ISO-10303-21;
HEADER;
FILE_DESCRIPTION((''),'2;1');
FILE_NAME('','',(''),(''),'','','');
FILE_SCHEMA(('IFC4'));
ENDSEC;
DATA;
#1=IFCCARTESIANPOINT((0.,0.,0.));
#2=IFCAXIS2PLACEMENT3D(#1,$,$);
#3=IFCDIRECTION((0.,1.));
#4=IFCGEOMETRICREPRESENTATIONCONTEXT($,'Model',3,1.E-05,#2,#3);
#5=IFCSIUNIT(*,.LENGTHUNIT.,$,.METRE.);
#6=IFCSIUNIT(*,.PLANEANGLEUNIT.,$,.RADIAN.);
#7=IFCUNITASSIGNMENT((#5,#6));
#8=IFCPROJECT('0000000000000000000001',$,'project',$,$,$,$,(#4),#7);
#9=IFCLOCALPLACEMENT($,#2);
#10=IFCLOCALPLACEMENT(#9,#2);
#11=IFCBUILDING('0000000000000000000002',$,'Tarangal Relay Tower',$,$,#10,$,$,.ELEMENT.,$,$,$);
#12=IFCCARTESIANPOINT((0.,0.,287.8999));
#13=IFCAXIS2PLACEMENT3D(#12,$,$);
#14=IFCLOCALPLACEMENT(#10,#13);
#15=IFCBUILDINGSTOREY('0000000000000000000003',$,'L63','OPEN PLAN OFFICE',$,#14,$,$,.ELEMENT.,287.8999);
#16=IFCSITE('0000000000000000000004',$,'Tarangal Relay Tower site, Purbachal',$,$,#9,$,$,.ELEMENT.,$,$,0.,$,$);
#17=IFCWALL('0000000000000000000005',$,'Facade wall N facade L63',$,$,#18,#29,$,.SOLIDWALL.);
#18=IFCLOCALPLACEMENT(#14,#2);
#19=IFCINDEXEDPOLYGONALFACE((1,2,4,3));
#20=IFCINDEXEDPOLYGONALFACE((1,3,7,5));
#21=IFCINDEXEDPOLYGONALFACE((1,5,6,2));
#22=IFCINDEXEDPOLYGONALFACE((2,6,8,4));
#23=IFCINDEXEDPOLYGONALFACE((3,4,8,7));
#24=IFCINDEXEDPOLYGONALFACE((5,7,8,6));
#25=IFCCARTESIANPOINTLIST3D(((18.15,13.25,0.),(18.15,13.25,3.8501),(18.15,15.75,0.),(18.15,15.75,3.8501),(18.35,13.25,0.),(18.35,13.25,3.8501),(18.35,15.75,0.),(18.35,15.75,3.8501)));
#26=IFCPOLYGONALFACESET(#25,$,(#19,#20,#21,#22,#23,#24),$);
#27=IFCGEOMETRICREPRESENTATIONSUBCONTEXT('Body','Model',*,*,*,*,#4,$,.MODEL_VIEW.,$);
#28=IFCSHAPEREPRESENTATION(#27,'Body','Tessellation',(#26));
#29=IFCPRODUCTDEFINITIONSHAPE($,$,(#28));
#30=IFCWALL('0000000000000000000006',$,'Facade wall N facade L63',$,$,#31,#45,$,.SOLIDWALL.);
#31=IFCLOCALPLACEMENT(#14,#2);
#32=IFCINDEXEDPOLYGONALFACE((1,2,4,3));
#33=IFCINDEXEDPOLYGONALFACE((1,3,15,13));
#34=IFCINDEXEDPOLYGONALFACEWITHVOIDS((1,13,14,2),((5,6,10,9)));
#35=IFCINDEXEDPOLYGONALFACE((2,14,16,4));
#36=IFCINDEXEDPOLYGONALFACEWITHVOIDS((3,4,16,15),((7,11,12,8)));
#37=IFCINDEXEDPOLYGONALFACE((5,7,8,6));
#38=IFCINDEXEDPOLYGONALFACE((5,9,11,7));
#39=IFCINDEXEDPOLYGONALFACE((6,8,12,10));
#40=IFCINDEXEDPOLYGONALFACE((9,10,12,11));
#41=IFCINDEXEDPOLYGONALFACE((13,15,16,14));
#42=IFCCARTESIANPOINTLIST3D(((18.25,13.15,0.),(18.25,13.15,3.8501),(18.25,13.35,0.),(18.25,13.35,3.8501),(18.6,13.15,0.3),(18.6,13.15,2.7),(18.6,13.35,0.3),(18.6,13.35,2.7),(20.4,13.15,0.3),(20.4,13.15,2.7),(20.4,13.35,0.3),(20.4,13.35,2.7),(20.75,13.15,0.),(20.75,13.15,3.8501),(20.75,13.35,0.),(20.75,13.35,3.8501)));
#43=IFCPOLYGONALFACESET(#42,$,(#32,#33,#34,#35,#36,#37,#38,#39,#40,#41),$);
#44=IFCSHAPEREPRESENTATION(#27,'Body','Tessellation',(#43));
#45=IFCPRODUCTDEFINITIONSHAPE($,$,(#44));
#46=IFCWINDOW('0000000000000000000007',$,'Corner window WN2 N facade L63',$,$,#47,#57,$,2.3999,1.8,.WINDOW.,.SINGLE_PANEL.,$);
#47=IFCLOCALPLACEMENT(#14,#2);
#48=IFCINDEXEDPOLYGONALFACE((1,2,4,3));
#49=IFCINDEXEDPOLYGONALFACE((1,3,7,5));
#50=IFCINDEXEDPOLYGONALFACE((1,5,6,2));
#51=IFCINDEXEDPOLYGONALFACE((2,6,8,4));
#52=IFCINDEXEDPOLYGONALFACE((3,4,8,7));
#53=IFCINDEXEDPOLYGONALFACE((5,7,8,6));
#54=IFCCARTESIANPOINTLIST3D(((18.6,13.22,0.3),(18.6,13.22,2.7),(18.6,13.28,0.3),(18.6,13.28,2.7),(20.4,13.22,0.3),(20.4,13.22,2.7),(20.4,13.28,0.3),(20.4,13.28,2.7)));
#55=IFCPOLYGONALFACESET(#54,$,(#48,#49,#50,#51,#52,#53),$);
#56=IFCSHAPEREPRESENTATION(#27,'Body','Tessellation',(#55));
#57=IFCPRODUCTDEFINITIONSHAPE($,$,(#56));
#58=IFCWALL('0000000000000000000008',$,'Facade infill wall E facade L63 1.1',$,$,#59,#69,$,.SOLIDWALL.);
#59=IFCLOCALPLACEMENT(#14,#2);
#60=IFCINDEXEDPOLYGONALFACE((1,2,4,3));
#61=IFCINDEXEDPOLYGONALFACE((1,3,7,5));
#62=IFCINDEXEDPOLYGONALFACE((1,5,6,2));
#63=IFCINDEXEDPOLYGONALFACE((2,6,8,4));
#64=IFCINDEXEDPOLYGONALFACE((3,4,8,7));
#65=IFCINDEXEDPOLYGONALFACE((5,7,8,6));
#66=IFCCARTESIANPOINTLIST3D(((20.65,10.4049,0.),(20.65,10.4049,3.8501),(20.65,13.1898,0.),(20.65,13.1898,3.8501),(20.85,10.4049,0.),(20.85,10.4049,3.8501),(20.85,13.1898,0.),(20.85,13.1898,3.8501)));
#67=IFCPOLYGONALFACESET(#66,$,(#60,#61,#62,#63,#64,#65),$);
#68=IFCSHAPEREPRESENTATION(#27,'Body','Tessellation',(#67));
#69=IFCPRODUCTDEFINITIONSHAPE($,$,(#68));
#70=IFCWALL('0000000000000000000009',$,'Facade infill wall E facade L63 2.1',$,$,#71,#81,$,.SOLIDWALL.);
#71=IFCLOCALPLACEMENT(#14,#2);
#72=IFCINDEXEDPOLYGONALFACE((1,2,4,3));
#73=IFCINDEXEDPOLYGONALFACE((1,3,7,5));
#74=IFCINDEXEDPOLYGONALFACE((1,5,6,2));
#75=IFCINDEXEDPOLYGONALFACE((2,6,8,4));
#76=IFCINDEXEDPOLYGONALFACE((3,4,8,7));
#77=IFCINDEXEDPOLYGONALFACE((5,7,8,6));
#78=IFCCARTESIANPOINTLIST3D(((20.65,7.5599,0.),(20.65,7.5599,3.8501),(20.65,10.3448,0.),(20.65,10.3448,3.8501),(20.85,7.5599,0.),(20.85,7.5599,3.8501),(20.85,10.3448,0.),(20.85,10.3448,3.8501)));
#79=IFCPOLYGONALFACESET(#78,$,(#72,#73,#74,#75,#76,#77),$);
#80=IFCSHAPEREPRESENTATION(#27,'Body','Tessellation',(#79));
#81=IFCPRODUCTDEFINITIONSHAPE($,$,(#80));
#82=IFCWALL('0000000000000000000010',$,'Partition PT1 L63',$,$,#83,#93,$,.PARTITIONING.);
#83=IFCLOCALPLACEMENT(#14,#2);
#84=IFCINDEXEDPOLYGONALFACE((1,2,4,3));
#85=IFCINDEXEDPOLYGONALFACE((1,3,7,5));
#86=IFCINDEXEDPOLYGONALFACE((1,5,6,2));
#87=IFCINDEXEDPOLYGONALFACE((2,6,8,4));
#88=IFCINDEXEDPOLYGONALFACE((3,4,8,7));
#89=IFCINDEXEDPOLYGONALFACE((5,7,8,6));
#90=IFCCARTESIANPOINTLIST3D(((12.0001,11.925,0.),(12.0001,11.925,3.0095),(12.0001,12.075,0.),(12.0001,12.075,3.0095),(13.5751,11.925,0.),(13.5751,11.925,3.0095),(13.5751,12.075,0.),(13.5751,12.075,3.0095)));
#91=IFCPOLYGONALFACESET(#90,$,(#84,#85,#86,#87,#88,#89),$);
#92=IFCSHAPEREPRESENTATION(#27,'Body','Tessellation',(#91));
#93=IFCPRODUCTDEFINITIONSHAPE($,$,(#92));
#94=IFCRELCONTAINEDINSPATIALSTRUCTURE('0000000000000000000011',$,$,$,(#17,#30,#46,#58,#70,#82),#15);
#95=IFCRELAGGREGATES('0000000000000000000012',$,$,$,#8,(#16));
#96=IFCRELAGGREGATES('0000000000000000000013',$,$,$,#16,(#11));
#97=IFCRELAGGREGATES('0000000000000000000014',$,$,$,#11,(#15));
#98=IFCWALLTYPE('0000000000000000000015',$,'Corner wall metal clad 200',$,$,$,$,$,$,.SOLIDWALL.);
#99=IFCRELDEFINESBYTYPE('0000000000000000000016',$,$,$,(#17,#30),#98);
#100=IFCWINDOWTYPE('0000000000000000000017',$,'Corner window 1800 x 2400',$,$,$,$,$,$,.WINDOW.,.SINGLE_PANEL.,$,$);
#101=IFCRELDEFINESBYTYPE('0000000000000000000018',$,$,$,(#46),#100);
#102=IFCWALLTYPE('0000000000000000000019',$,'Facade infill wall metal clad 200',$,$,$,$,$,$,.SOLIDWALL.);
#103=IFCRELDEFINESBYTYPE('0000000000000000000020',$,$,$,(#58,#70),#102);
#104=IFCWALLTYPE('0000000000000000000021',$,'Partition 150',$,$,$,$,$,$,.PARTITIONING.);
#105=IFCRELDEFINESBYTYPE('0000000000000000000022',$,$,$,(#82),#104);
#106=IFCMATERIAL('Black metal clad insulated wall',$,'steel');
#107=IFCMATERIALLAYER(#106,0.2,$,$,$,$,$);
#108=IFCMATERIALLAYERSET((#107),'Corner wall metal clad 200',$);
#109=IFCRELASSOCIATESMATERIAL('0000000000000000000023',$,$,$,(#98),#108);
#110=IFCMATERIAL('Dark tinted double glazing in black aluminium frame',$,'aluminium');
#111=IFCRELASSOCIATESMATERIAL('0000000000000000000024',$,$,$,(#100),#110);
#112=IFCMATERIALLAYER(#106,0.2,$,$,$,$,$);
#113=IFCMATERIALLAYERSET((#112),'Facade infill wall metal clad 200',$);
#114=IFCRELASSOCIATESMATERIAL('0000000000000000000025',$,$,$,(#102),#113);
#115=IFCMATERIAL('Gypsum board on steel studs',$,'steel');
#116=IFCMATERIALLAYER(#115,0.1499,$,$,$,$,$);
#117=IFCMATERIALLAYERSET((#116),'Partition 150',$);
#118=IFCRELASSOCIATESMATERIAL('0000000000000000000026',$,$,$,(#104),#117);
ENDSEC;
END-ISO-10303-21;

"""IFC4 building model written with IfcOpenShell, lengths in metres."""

from ifc_helpers import new_model, si_unit, direction, frame, frame_2d, origin, place, context, subcontext, project, spatial, rectangle, extrude, material, layer, layer_set, type_object, element, fill, save


model = new_model("IFC4")

# Units and contexts
model_context = context("Model", 3, precision=1e-05, world=origin(), true_north=direction((0.0, 1.0)))
body_context = subcontext(model_context, "Body", "Model", "MODEL_VIEW")
ifc_project = project(units=[si_unit("LENGTHUNIT", "METRE"), si_unit("PLANEANGLEUNIT", "RADIAN")], contexts=[model_context])

# Site, building, storey
site_placement = place(None, origin())
site = spatial("IfcSite", under=ifc_project, at=site_placement, Name="Tarangal Relay Tower site, Purbachal", CompositionType="ELEMENT", RefElevation=0.0)
building_placement = place(site_placement, origin())
building = spatial("IfcBuilding", under=site, at=building_placement, Name="Tarangal Relay Tower", CompositionType="ELEMENT")
storey_placement = place(building_placement, frame((0.0, 0.0, 287.8999)))
storey = spatial("IfcBuildingStorey", under=building, at=storey_placement, Name="L63", Description="OPEN PLAN OFFICE", CompositionType="ELEMENT", Elevation=287.8999)

# Shared definitions
ifc_material_1 = material(Name="Black metal clad insulated wall", Category="steel")
ifc_layer_1 = layer(ifc_material_1, 0.2)
ifc_layer_set_1 = layer_set([ifc_layer_1], Name="Corner wall metal clad 200")
wall_type_1 = type_object("IfcWallType", Name="Corner wall metal clad 200", PredefinedType="SOLIDWALL", material=ifc_layer_set_1)

# Shared definitions
ifc_material_2 = material(Name="Dark tinted double glazing in black aluminium frame", Category="aluminium")
window_type = type_object("IfcWindowType", Name="Corner window 1800 x 2400", PartitioningType="SINGLE_PANEL", PredefinedType="WINDOW", material=ifc_material_2)

# Wall
wall_1_placement = place(storey_placement, frame((18.25, 15.75, 0.0), z_axis=(0.0, 0.0, 1.0), x_axis=(0.0, -1.0, 0.0)))
element("IfcWall", 1, at=wall_1_placement, inside=storey, type_object=wall_type_1, Name="Facade wall N facade L63", PredefinedType="SOLIDWALL", context=body_context, shape_type="SweptSolid", body=[
    extrude(rectangle(XDim=2.5, YDim=0.2, at=frame_2d((1.25, 0.0))), origin(), (0.0, 0.0, 1.0), 3.8501),
])

# Wall, opening, window
wall_2_placement = place(storey_placement, frame((18.25, 13.25, 0.0), z_axis=(0.0, 0.0, 1.0), x_axis=(1.0, 0.0, 0.0)))
wall_2 = element("IfcWall", 2, at=wall_2_placement, inside=storey, type_object=wall_type_1, Name="Facade wall N facade L63", PredefinedType="SOLIDWALL", context=body_context, shape_type="SweptSolid", body=[
    extrude(rectangle(XDim=2.5, YDim=0.2, at=frame_2d((1.25, 0.0))), origin(), (0.0, 0.0, 1.0), 3.8501),
])
opening_1_placement = place(wall_2_placement, frame((0.3501, 0.0, 0.3)))
opening_1 = element("IfcOpeningElement", 3, at=opening_1_placement, cuts=wall_2, PredefinedType="OPENING", context=body_context, shape_type="SweptSolid", body=[
    extrude(rectangle(XDim=1.8, YDim=2.3999, at=frame_2d((0.8999, 1.2))), frame((0.0, 0.1099, 0.0), z_axis=(0.0, -1.0, 0.0), x_axis=(1.0, 0.0, 0.0)), (0.0, 0.0, 1.0), 0.22),
])
window_1_placement = place(opening_1_placement, origin())
window_1 = element("IfcWindow", 4, at=window_1_placement, inside=storey, type_object=window_type, Name="Corner window WN2 N facade L63", OverallHeight=2.3999, OverallWidth=1.8, PartitioningType="SINGLE_PANEL", PredefinedType="WINDOW", context=body_context, shape_type="SweptSolid", body=[
    extrude(rectangle(XDim=1.8, YDim=2.3999, at=frame_2d((0.8999, 1.2))), frame((0.0, 0.03, 0.0), z_axis=(0.0, -1.0, 0.0), x_axis=(1.0, 0.0, 0.0)), (0.0, 0.0, 1.0), 0.0601),
])
fill(opening_1, window_1)

# Walls
ifc_layer_2 = layer(ifc_material_1, 0.2)
ifc_layer_set_2 = layer_set([ifc_layer_2], Name="Facade infill wall metal clad 200")
wall_type_2 = type_object("IfcWallType", Name="Facade infill wall metal clad 200", PredefinedType="SOLIDWALL", material=ifc_layer_set_2)
for number, where, z_axis, x_axis, name in (
    (5, (20.75, 13.1899, 0.0), (0.0, 0.0, 1.0), (0.0, -1.0, 0.0), "Facade infill wall E facade L63 1.1"),
    (6, (20.75, 10.345, 0.0), (0.0, 0.0, 1.0), (0.0, -1.0, 0.0), "Facade infill wall E facade L63 2.1"),
):
    element("IfcWall", number, at=place(storey_placement, frame(where, z_axis=z_axis, x_axis=x_axis)), inside=storey, type_object=wall_type_2, Name=name, PredefinedType="SOLIDWALL", context=body_context, shape_type="SweptSolid", body=[
        extrude(rectangle(XDim=2.7849, YDim=0.2, at=frame_2d((1.3926, 0.0))), origin(), (0.0, 0.0, 1.0), 3.8501),
    ])
ifc_material_3 = material(Name="Gypsum board on steel studs", Category="steel")
ifc_layer_3 = layer(ifc_material_3, 0.1499)
ifc_layer_set_3 = layer_set([ifc_layer_3], Name="Partition 150")
wall_type_3 = type_object("IfcWallType", Name="Partition 150", PredefinedType="PARTITIONING", material=ifc_layer_set_3)
wall_3_placement = place(storey_placement, frame((12.0, 12.0, 0.0), z_axis=(0.0, 0.0, 1.0), x_axis=(1.0, 0.0, 0.0)))
element("IfcWall", 7, at=wall_3_placement, inside=storey, type_object=wall_type_3, Name="Partition PT1 L63", PredefinedType="PARTITIONING", context=body_context, shape_type="SweptSolid", body=[
    extrude(rectangle(XDim=1.575, YDim=0.1499, at=frame_2d((0.7876, 0.0))), origin(), (0.0, 0.0, 1.0), 3.0095),
])

save(model, "model.ifc")
